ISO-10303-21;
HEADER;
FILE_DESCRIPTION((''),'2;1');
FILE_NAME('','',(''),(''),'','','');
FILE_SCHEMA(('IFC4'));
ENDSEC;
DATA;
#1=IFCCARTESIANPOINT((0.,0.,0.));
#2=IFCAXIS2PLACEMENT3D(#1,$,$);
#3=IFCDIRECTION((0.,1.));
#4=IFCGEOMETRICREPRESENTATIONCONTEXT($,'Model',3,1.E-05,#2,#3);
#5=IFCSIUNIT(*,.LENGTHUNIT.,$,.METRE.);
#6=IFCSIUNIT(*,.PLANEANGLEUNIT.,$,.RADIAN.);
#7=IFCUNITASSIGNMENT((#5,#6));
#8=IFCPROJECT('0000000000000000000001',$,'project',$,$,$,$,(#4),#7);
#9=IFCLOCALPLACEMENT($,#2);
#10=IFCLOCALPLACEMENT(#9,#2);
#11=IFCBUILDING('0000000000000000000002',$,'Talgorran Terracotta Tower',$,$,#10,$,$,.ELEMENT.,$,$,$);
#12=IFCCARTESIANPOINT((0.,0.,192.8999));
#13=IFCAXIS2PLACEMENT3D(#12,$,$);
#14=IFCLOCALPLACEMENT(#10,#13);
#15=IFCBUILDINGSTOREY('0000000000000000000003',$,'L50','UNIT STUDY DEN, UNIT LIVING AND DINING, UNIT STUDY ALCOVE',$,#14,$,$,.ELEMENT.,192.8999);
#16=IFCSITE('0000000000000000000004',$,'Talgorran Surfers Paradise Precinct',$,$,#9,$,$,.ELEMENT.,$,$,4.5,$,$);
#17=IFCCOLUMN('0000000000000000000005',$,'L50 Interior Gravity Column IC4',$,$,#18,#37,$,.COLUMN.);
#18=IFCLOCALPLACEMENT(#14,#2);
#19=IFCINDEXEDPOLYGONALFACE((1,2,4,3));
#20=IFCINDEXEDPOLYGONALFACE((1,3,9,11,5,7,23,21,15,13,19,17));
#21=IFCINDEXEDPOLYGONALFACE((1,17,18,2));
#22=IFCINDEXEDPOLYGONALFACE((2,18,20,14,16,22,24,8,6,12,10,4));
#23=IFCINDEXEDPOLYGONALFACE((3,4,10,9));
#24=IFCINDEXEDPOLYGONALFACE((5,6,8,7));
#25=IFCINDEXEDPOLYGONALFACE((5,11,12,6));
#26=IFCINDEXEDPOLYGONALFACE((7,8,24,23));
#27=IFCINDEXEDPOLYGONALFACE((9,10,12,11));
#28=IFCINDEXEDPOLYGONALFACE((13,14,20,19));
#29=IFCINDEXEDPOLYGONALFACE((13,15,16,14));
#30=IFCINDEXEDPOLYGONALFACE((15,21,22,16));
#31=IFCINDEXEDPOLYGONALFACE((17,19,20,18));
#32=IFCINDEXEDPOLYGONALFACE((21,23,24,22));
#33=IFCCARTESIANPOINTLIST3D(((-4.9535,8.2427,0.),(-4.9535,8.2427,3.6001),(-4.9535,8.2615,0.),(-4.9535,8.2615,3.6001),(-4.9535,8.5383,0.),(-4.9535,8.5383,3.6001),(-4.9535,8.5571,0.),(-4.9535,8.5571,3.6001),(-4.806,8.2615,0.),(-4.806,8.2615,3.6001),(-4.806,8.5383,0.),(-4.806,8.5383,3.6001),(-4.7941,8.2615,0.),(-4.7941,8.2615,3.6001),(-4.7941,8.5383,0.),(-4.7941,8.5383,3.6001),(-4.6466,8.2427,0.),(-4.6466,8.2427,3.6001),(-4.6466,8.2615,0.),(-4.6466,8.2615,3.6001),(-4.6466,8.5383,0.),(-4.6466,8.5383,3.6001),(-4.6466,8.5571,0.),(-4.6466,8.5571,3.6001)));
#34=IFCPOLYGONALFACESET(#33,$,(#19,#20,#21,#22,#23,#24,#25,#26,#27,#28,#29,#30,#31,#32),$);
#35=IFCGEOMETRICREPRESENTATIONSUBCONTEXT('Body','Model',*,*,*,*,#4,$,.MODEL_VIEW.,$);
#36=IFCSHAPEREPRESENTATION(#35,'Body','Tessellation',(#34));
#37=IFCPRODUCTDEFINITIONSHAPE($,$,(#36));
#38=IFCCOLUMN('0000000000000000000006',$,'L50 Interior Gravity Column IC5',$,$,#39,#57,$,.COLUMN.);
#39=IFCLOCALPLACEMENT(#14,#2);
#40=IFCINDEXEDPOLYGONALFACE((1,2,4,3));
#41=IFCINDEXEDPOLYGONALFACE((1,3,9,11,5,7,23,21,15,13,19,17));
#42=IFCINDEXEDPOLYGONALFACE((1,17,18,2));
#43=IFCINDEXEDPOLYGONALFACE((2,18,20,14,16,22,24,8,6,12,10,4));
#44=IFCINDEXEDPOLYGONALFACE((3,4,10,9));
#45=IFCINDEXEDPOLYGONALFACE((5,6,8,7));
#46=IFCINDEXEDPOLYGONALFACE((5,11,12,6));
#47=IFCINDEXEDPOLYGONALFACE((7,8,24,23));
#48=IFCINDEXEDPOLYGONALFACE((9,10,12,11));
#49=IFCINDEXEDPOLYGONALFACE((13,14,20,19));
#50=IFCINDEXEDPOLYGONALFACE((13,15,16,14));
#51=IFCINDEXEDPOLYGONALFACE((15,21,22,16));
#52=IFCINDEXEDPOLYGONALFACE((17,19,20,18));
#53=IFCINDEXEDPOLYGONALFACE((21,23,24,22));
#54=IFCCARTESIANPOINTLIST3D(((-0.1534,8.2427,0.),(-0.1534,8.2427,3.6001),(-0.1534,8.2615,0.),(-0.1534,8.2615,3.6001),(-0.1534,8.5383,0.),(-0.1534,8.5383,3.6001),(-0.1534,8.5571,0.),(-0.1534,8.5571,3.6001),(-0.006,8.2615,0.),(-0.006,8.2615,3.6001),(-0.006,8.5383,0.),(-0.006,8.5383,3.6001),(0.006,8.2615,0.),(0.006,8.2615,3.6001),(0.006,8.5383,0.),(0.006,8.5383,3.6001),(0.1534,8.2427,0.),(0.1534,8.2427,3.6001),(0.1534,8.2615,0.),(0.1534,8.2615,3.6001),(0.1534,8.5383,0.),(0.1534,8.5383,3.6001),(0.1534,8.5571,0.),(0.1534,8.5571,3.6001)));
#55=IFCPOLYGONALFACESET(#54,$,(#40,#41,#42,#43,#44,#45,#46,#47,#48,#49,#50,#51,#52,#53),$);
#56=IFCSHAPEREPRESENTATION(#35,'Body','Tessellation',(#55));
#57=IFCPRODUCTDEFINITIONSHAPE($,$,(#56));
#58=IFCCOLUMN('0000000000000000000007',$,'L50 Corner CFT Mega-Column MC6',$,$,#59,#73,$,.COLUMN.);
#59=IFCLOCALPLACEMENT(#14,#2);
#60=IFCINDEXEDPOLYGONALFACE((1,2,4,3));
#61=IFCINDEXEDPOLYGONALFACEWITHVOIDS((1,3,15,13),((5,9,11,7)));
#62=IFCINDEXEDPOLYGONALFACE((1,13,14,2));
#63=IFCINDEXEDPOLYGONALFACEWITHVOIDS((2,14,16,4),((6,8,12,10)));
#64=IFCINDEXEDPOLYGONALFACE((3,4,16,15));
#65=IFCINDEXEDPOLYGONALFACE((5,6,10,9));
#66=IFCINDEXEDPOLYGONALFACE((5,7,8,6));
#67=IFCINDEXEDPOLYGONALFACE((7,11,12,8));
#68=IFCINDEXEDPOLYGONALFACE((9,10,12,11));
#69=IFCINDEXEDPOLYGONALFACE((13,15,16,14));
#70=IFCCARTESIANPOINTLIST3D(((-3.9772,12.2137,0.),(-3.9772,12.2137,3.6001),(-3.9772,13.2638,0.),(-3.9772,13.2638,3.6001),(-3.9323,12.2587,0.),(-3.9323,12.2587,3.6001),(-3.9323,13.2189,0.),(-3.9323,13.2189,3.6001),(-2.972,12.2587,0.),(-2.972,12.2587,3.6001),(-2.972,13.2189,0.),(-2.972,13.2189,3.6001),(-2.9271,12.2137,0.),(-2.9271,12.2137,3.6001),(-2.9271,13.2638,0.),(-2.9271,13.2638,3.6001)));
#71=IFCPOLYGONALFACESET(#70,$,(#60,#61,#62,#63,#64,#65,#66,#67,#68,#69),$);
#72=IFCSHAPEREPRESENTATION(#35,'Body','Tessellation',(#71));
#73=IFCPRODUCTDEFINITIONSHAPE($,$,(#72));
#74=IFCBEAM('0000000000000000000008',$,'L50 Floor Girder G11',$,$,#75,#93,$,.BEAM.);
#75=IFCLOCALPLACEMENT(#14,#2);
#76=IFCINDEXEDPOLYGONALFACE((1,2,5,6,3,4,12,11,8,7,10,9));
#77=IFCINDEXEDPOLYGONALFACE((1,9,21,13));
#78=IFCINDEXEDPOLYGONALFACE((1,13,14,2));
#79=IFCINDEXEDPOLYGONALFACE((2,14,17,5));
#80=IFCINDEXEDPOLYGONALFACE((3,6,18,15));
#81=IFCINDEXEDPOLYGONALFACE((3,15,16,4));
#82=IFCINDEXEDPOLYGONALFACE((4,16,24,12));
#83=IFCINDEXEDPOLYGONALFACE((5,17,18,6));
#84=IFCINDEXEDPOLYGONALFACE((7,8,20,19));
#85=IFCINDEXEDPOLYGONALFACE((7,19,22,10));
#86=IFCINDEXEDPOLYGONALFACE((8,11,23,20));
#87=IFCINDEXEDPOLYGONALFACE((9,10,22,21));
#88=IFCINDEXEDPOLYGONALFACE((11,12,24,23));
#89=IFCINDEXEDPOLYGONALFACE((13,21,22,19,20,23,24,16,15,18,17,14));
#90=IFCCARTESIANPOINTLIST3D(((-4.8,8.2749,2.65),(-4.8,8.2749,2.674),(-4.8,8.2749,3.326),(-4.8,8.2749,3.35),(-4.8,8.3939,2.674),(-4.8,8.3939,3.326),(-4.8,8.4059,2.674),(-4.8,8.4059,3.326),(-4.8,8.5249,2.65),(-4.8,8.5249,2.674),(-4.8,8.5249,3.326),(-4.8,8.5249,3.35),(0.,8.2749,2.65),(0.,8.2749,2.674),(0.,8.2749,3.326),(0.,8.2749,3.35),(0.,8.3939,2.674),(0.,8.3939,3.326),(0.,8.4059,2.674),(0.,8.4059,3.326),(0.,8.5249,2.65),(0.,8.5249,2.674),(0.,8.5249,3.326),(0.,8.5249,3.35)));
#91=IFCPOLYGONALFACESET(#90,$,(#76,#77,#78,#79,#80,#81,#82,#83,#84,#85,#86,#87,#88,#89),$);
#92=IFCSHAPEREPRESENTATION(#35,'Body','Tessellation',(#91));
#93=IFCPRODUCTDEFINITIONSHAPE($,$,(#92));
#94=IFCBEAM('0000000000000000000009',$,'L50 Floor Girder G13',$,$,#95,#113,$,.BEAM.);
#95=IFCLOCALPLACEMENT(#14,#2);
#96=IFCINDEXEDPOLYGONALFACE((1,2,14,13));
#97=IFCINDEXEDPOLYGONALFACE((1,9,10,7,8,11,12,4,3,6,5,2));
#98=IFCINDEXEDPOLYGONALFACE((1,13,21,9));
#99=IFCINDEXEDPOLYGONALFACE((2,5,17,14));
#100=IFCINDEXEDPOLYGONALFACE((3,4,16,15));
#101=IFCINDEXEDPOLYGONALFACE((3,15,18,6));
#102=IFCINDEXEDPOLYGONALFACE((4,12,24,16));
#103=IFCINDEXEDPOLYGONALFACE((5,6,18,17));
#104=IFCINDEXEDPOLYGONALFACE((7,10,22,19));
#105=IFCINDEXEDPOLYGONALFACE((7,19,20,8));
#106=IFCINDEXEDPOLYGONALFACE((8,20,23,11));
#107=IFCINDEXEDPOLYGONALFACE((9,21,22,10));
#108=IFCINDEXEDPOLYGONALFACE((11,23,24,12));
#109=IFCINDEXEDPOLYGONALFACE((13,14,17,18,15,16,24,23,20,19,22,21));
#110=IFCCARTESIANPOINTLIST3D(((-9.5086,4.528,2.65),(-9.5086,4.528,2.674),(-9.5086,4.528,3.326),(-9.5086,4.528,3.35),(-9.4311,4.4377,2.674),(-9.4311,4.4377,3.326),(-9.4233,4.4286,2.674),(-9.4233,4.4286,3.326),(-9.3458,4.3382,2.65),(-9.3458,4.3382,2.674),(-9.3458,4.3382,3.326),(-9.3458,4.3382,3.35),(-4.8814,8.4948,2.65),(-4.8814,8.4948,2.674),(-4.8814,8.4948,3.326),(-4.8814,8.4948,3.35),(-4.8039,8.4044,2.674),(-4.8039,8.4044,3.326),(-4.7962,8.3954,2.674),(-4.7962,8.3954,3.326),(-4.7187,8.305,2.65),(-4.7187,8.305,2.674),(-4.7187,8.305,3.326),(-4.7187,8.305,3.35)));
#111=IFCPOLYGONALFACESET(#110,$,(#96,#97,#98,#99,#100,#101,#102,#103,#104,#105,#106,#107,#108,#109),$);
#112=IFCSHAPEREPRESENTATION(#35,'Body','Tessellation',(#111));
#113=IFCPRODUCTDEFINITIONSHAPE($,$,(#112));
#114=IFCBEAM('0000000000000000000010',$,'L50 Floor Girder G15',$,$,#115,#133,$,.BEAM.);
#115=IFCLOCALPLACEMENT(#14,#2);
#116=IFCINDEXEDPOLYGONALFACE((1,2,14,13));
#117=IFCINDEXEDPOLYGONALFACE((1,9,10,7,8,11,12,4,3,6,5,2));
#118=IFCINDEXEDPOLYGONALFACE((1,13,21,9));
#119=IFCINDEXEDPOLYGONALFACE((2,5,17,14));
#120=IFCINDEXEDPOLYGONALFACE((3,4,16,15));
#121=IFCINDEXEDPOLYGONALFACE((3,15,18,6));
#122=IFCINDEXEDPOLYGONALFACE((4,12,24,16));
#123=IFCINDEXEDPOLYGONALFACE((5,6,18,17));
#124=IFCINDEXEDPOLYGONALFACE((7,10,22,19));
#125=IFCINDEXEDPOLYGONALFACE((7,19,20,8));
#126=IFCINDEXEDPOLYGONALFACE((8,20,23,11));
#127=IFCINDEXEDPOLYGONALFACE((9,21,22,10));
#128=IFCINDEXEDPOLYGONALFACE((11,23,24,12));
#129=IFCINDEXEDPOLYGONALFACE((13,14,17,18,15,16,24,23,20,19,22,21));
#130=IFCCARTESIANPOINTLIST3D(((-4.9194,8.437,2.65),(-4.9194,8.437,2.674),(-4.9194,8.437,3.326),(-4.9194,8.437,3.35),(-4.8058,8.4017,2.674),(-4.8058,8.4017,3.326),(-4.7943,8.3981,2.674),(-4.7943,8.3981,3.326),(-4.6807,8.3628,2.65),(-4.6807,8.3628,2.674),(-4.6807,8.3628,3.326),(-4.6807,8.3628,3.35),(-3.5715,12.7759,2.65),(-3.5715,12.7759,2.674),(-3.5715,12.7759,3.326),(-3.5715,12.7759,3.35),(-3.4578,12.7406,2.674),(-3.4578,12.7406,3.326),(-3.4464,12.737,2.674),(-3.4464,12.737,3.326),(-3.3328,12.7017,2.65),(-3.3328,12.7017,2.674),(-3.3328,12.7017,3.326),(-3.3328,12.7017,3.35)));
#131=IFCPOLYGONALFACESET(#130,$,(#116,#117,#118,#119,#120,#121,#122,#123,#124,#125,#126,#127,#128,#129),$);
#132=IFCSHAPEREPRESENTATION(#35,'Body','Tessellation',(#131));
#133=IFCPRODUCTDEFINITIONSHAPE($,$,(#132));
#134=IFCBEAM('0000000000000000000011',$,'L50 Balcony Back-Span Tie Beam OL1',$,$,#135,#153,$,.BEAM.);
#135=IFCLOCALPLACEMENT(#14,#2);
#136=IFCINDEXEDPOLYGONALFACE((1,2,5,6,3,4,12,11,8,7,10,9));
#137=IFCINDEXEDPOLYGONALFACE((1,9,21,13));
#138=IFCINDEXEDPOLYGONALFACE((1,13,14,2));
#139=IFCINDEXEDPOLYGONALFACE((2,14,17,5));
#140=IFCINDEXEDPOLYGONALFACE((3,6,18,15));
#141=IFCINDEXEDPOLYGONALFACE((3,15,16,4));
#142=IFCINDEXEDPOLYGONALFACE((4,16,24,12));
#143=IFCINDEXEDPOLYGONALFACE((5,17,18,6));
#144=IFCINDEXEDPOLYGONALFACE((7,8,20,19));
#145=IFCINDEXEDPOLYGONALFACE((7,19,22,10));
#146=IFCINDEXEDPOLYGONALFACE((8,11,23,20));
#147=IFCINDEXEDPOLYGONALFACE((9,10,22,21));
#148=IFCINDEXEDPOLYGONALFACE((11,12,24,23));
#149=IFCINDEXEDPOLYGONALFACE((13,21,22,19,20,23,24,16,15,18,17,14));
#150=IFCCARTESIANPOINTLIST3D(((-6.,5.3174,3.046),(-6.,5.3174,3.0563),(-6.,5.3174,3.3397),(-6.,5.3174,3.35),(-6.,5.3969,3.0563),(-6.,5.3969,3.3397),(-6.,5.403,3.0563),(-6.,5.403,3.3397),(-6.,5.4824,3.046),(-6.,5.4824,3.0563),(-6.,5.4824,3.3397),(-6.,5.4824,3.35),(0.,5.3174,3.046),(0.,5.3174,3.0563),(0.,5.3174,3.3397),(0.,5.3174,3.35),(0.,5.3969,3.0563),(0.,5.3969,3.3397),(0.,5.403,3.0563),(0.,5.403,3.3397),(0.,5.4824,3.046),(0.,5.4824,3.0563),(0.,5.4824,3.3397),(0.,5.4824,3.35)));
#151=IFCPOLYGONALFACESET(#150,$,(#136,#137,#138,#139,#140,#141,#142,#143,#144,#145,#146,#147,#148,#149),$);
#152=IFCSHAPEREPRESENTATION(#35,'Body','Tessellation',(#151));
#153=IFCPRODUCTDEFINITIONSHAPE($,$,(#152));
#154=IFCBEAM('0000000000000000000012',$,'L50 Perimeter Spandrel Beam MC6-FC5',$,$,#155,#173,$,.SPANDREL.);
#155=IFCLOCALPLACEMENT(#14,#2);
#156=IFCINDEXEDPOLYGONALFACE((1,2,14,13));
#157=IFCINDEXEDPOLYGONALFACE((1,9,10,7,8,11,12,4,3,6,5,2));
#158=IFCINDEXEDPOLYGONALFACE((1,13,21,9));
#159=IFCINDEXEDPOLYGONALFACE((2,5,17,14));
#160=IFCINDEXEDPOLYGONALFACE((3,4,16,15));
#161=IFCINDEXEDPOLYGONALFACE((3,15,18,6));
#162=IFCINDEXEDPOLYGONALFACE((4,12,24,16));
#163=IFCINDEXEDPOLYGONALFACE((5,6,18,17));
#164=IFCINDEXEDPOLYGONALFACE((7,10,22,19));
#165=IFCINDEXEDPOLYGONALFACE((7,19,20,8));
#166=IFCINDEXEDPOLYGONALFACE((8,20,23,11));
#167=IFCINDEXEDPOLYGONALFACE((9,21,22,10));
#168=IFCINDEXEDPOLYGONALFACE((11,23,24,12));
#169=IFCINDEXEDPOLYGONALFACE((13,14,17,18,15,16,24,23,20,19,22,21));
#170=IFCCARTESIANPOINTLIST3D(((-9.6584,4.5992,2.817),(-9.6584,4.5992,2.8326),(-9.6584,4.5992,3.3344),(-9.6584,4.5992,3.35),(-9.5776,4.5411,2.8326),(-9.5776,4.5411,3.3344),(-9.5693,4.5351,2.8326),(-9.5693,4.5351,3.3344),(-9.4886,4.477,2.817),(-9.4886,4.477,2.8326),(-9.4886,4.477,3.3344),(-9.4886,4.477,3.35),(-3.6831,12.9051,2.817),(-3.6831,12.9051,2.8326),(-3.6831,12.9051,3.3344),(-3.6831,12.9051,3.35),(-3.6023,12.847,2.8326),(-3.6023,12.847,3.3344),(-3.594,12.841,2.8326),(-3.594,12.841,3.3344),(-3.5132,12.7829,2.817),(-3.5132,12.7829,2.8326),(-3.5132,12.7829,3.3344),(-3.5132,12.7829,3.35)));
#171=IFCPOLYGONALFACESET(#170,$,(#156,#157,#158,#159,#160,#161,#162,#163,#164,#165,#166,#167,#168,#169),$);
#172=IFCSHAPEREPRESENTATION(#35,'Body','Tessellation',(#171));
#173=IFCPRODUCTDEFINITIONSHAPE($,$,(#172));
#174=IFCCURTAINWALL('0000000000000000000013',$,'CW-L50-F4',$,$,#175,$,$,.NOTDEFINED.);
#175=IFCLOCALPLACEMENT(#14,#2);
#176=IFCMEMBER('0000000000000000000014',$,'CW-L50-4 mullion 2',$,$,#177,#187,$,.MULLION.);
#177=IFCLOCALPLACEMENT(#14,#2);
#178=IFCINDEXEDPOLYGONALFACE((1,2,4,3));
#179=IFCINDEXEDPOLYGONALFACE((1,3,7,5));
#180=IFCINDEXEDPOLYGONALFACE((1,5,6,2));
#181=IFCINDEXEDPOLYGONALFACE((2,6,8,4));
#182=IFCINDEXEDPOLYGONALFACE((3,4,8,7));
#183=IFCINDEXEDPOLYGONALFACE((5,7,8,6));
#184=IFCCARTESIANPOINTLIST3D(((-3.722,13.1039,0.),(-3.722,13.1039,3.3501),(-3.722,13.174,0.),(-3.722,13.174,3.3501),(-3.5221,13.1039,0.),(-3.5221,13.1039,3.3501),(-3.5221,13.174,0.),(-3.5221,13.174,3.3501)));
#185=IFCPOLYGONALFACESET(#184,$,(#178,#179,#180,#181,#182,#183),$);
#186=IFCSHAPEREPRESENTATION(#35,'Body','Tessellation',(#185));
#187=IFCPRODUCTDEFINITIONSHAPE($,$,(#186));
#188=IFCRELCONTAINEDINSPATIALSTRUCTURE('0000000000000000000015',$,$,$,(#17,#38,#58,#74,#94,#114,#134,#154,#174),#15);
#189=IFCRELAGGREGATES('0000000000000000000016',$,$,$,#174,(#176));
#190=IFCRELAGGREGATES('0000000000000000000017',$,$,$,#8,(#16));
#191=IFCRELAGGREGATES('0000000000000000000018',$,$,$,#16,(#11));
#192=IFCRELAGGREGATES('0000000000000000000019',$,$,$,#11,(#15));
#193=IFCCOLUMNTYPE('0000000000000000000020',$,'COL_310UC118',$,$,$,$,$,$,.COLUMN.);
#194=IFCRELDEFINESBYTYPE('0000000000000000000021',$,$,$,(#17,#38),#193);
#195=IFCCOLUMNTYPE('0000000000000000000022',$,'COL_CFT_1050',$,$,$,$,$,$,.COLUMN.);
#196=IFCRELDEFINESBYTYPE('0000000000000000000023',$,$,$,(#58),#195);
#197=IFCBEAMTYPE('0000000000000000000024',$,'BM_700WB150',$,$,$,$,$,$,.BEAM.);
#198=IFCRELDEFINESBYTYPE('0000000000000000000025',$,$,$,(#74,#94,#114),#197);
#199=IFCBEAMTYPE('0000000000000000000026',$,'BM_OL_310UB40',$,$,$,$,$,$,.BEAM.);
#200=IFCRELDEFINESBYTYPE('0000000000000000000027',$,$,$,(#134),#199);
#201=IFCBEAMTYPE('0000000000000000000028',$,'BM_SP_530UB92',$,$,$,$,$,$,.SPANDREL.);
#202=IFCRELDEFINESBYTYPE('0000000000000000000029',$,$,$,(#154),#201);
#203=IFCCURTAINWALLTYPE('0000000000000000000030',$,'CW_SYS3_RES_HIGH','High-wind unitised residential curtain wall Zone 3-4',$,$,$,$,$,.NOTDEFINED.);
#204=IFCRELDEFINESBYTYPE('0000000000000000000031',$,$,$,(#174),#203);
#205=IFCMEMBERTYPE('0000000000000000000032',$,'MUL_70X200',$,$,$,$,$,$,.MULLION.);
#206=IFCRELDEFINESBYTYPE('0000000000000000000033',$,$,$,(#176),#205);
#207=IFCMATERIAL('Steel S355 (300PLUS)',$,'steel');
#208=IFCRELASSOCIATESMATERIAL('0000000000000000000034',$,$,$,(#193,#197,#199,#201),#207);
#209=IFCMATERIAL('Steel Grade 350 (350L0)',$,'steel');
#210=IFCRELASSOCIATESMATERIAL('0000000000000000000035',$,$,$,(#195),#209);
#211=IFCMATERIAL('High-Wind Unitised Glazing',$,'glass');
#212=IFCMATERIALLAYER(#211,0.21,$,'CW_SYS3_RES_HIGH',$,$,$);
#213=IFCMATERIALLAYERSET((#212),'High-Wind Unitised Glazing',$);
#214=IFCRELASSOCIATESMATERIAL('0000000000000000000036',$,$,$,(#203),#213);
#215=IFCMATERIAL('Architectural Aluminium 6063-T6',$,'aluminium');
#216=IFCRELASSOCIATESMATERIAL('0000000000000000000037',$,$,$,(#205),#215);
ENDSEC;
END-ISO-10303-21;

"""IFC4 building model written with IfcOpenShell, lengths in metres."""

from ifc_helpers import new_model, si_unit, direction, frame, origin, origin_2d, place, context, subcontext, project, spatial, rectangle, hollow_rectangle, i_section, extrude, material, layer, layer_set, material_profile, profile_set, type_object, element, aggregate, save


model = new_model("IFC4")

# Units and contexts
model_context = context("Model", 3, precision=1e-05, world=origin(), true_north=direction((0.0, 1.0)))
body_context = subcontext(model_context, "Body", "Model", "MODEL_VIEW")
ifc_project = project(units=[si_unit("LENGTHUNIT", "METRE"), si_unit("PLANEANGLEUNIT", "RADIAN")], contexts=[model_context])

# Site, building, storey
site_placement = place(None, origin())
site = spatial("IfcSite", under=ifc_project, at=site_placement, Name="Talgorran Surfers Paradise Precinct", CompositionType="ELEMENT", RefElevation=4.5)
building_placement = place(site_placement, origin())
building = spatial("IfcBuilding", under=site, at=building_placement, Name="Talgorran Terracotta Tower", CompositionType="ELEMENT")
storey_placement = place(building_placement, frame((0.0, 0.0, 192.8999)))
storey = spatial("IfcBuildingStorey", under=building, at=storey_placement, Name="L50", Description="UNIT STUDY DEN, UNIT LIVING AND DINING, UNIT STUDY ALCOVE", CompositionType="ELEMENT", Elevation=192.8999)

# Columns
ifc_material_1 = material(Name="Steel S355 (300PLUS)", Category="steel")
ifc_material_profile_1 = material_profile(ifc_material_1, i_section(OverallWidth=0.3069, OverallDepth=0.3145, WebThickness=0.012, FlangeThickness=0.0188, at=origin_2d()), Name="310UC118")
ifc_profile_set_1 = profile_set([ifc_material_profile_1], Name="Steel S355 (300PLUS)")
column_type_1 = type_object("IfcColumnType", Name="COL_310UC118", PredefinedType="COLUMN", material=ifc_profile_set_1)
for number, where, z_axis, x_axis, name in (
    (1, (-4.8, 8.3999, 0.0), (0.0, 0.0, 1.0), (1.0, 0.0, 0.0), "L50 Interior Gravity Column IC4"),
    (2, (0.0, 8.3999, 0.0), (0.0, 0.0, 1.0), (1.0, 0.0, 0.0), "L50 Interior Gravity Column IC5"),
):
    element("IfcColumn", number, at=place(storey_placement, frame(where, z_axis=z_axis, x_axis=x_axis)), inside=storey, type_object=column_type_1, Name=name, PredefinedType="COLUMN", context=body_context, shape_type="SweptSolid", body=[
        extrude(i_section(OverallWidth=0.3069, OverallDepth=0.3145, WebThickness=0.012, FlangeThickness=0.0188, at=origin_2d()), origin(), (0.0, 0.0, 1.0), 3.6001),
    ])
ifc_material_2 = material(Name="Steel Grade 350 (350L0)", Category="steel")
ifc_material_profile_2 = material_profile(ifc_material_2, hollow_rectangle(XDim=1.05, YDim=1.05, WallThickness=0.0449, at=origin_2d()), Name="CFT1050X1050X45")
ifc_profile_set_2 = profile_set([ifc_material_profile_2], Name="Steel Grade 350 (350L0)")
column_type_2 = type_object("IfcColumnType", Name="COL_CFT_1050", PredefinedType="COLUMN", material=ifc_profile_set_2)
column_placement = place(storey_placement, frame((-3.4521, 12.7388, 0.0), z_axis=(0.0, 0.0, 1.0), x_axis=(1.0, 0.0, 0.0)))
element("IfcColumn", 3, at=column_placement, inside=storey, type_object=column_type_2, Name="L50 Corner CFT Mega-Column MC6", PredefinedType="COLUMN", context=body_context, shape_type="SweptSolid", body=[
    extrude(hollow_rectangle(XDim=1.05, YDim=1.05, WallThickness=0.0449, at=origin_2d()), origin(), (0.0, 0.0, 1.0), 3.6001),
])

# Beams
ifc_material_profile_3 = material_profile(ifc_material_1, i_section(OverallWidth=0.25, OverallDepth=0.7, WebThickness=0.012, FlangeThickness=0.0239, at=origin_2d()), Name="700WB150")
ifc_profile_set_3 = profile_set([ifc_material_profile_3], Name="Steel S355 (300PLUS)")
beam_type_1 = type_object("IfcBeamType", Name="BM_700WB150", PredefinedType="BEAM", material=ifc_profile_set_3)
beam_1_placement = place(storey_placement, frame((-4.8, 8.3999, 3.0), z_axis=(1.0, 0.0, 0.0), x_axis=(0.0, 1.0, 0.0)))
element("IfcBeam", 4, at=beam_1_placement, inside=storey, type_object=beam_type_1, Name="L50 Floor Girder G11", PredefinedType="BEAM", context=body_context, shape_type="SweptSolid", body=[
    extrude(i_section(OverallWidth=0.25, OverallDepth=0.7, WebThickness=0.012, FlangeThickness=0.0239, at=origin_2d()), origin(), (0.0, 0.0, 1.0), 4.8),
])
beam_2_placement = place(storey_placement, frame((-4.8, 8.3999, 3.0), z_axis=(-0.759206, -0.650851, 0.0), x_axis=(0.650851, -0.759206, 0.0)))
element("IfcBeam", 5, at=beam_2_placement, inside=storey, type_object=beam_type_1, Name="L50 Floor Girder G13", PredefinedType="BEAM", context=body_context, shape_type="SweptSolid", body=[
    extrude(i_section(OverallWidth=0.25, OverallDepth=0.7, WebThickness=0.012, FlangeThickness=0.0239, at=origin_2d()), origin(), (0.0, 0.0, 1.0), 6.0947),
])
beam_3_placement = place(storey_placement, frame((-4.8, 8.3999, 3.0), z_axis=(0.296671, 0.95498, 0.0), x_axis=(-0.95498, 0.296671, 0.0)))
element("IfcBeam", 6, at=beam_3_placement, inside=storey, type_object=beam_type_1, Name="L50 Floor Girder G15", PredefinedType="BEAM", context=body_context, shape_type="SweptSolid", body=[
    extrude(i_section(OverallWidth=0.25, OverallDepth=0.7, WebThickness=0.012, FlangeThickness=0.0239, at=origin_2d()), origin(), (0.0, 0.0, 1.0), 4.5435),
])
ifc_material_profile_4 = material_profile(ifc_material_1, i_section(OverallWidth=0.165, OverallDepth=0.304, WebThickness=0.0061, FlangeThickness=0.0103, at=origin_2d()), Name="310UB40.4")
ifc_profile_set_4 = profile_set([ifc_material_profile_4], Name="Steel S355 (300PLUS)")
beam_type_2 = type_object("IfcBeamType", Name="BM_OL_310UB40", PredefinedType="BEAM", material=ifc_profile_set_4)
beam_4_placement = place(storey_placement, frame((-6.0, 5.3999, 3.198), z_axis=(1.0, 0.0, 0.0), x_axis=(0.0, 1.0, 0.0)))
element("IfcBeam", 7, at=beam_4_placement, inside=storey, type_object=beam_type_2, Name="L50 Balcony Back-Span Tie Beam OL1", PredefinedType="BEAM", context=body_context, shape_type="SweptSolid", body=[
    extrude(i_section(OverallWidth=0.165, OverallDepth=0.304, WebThickness=0.0061, FlangeThickness=0.0103, at=origin_2d()), origin(), (0.0, 0.0, 1.0), 6.0),
])
ifc_material_profile_5 = material_profile(ifc_material_1, i_section(OverallWidth=0.2092, OverallDepth=0.533, WebThickness=0.0103, FlangeThickness=0.0156, at=origin_2d()), Name="530UB92.4")
ifc_profile_set_5 = profile_set([ifc_material_profile_5], Name="Steel S355 (300PLUS)")
beam_type_3 = type_object("IfcBeamType", Name="BM_SP_530UB92", PredefinedType="SPANDREL", material=ifc_profile_set_5)
beam_5_placement = place(storey_placement, frame((-3.5981, 12.844, 3.0835), z_axis=(-0.583989, -0.811762, 0.0), x_axis=(0.811762, -0.583989, 0.0)))
element("IfcBeam", 8, at=beam_5_placement, inside=storey, type_object=beam_type_3, Name="L50 Perimeter Spandrel Beam MC6-FC5", PredefinedType="SPANDREL", context=body_context, shape_type="SweptSolid", body=[
    extrude(i_section(OverallWidth=0.2092, OverallDepth=0.533, WebThickness=0.0103, FlangeThickness=0.0156, at=origin_2d()), origin(), (0.0, 0.0, 1.0), 10.2319),
])

# Curtain wall, member
ifc_material_3 = material(Name="High-Wind Unitised Glazing", Category="glass")
ifc_layer_1 = layer(ifc_material_3, 0.21, Name="CW_SYS3_RES_HIGH")
ifc_layer_set_1 = layer_set([ifc_layer_1], Name="High-Wind Unitised Glazing")
curtain_wall_type = type_object("IfcCurtainWallType", Name="CW_SYS3_RES_HIGH", Description="High-wind unitised residential curtain wall Zone 3-4", PredefinedType="NOTDEFINED", material=ifc_layer_set_1)
curtain_wall_1_placement = place(storey_placement, origin())
curtain_wall_1 = element("IfcCurtainWall", 9, at=curtain_wall_1_placement, inside=storey, type_object=curtain_wall_type, Name="CW-L50-F4", PredefinedType="NOTDEFINED")
ifc_material_4 = material(Name="Architectural Aluminium 6063-T6", Category="aluminium")
ifc_material_profile_6 = material_profile(ifc_material_4, rectangle(XDim=0.0701, YDim=0.2, at=origin_2d()), Name="CWM70X200")
ifc_profile_set_6 = profile_set([ifc_material_profile_6], Name="Architectural Aluminium 6063-T6")
member_type_1 = type_object("IfcMemberType", Name="MUL_70X200", PredefinedType="MULLION", material=ifc_profile_set_6)
member_1_placement = place(storey_placement, frame((-3.6221, 13.1389, 0.0), z_axis=(0.0, 0.0, 1.0), x_axis=(0.0, -1.0, 0.0)))
member_1 = element("IfcMember", 10, at=member_1_placement, type_object=member_type_1, Name="CW-L50-4 mullion 2", PredefinedType="MULLION", context=body_context, shape_type="SweptSolid", body=[
    extrude(rectangle(XDim=0.0701, YDim=0.2, at=origin_2d()), origin(), (0.0, 0.0, 1.0), 3.3501),
])
aggregate(curtain_wall_1, [member_1])

save(model, "model.ifc")
